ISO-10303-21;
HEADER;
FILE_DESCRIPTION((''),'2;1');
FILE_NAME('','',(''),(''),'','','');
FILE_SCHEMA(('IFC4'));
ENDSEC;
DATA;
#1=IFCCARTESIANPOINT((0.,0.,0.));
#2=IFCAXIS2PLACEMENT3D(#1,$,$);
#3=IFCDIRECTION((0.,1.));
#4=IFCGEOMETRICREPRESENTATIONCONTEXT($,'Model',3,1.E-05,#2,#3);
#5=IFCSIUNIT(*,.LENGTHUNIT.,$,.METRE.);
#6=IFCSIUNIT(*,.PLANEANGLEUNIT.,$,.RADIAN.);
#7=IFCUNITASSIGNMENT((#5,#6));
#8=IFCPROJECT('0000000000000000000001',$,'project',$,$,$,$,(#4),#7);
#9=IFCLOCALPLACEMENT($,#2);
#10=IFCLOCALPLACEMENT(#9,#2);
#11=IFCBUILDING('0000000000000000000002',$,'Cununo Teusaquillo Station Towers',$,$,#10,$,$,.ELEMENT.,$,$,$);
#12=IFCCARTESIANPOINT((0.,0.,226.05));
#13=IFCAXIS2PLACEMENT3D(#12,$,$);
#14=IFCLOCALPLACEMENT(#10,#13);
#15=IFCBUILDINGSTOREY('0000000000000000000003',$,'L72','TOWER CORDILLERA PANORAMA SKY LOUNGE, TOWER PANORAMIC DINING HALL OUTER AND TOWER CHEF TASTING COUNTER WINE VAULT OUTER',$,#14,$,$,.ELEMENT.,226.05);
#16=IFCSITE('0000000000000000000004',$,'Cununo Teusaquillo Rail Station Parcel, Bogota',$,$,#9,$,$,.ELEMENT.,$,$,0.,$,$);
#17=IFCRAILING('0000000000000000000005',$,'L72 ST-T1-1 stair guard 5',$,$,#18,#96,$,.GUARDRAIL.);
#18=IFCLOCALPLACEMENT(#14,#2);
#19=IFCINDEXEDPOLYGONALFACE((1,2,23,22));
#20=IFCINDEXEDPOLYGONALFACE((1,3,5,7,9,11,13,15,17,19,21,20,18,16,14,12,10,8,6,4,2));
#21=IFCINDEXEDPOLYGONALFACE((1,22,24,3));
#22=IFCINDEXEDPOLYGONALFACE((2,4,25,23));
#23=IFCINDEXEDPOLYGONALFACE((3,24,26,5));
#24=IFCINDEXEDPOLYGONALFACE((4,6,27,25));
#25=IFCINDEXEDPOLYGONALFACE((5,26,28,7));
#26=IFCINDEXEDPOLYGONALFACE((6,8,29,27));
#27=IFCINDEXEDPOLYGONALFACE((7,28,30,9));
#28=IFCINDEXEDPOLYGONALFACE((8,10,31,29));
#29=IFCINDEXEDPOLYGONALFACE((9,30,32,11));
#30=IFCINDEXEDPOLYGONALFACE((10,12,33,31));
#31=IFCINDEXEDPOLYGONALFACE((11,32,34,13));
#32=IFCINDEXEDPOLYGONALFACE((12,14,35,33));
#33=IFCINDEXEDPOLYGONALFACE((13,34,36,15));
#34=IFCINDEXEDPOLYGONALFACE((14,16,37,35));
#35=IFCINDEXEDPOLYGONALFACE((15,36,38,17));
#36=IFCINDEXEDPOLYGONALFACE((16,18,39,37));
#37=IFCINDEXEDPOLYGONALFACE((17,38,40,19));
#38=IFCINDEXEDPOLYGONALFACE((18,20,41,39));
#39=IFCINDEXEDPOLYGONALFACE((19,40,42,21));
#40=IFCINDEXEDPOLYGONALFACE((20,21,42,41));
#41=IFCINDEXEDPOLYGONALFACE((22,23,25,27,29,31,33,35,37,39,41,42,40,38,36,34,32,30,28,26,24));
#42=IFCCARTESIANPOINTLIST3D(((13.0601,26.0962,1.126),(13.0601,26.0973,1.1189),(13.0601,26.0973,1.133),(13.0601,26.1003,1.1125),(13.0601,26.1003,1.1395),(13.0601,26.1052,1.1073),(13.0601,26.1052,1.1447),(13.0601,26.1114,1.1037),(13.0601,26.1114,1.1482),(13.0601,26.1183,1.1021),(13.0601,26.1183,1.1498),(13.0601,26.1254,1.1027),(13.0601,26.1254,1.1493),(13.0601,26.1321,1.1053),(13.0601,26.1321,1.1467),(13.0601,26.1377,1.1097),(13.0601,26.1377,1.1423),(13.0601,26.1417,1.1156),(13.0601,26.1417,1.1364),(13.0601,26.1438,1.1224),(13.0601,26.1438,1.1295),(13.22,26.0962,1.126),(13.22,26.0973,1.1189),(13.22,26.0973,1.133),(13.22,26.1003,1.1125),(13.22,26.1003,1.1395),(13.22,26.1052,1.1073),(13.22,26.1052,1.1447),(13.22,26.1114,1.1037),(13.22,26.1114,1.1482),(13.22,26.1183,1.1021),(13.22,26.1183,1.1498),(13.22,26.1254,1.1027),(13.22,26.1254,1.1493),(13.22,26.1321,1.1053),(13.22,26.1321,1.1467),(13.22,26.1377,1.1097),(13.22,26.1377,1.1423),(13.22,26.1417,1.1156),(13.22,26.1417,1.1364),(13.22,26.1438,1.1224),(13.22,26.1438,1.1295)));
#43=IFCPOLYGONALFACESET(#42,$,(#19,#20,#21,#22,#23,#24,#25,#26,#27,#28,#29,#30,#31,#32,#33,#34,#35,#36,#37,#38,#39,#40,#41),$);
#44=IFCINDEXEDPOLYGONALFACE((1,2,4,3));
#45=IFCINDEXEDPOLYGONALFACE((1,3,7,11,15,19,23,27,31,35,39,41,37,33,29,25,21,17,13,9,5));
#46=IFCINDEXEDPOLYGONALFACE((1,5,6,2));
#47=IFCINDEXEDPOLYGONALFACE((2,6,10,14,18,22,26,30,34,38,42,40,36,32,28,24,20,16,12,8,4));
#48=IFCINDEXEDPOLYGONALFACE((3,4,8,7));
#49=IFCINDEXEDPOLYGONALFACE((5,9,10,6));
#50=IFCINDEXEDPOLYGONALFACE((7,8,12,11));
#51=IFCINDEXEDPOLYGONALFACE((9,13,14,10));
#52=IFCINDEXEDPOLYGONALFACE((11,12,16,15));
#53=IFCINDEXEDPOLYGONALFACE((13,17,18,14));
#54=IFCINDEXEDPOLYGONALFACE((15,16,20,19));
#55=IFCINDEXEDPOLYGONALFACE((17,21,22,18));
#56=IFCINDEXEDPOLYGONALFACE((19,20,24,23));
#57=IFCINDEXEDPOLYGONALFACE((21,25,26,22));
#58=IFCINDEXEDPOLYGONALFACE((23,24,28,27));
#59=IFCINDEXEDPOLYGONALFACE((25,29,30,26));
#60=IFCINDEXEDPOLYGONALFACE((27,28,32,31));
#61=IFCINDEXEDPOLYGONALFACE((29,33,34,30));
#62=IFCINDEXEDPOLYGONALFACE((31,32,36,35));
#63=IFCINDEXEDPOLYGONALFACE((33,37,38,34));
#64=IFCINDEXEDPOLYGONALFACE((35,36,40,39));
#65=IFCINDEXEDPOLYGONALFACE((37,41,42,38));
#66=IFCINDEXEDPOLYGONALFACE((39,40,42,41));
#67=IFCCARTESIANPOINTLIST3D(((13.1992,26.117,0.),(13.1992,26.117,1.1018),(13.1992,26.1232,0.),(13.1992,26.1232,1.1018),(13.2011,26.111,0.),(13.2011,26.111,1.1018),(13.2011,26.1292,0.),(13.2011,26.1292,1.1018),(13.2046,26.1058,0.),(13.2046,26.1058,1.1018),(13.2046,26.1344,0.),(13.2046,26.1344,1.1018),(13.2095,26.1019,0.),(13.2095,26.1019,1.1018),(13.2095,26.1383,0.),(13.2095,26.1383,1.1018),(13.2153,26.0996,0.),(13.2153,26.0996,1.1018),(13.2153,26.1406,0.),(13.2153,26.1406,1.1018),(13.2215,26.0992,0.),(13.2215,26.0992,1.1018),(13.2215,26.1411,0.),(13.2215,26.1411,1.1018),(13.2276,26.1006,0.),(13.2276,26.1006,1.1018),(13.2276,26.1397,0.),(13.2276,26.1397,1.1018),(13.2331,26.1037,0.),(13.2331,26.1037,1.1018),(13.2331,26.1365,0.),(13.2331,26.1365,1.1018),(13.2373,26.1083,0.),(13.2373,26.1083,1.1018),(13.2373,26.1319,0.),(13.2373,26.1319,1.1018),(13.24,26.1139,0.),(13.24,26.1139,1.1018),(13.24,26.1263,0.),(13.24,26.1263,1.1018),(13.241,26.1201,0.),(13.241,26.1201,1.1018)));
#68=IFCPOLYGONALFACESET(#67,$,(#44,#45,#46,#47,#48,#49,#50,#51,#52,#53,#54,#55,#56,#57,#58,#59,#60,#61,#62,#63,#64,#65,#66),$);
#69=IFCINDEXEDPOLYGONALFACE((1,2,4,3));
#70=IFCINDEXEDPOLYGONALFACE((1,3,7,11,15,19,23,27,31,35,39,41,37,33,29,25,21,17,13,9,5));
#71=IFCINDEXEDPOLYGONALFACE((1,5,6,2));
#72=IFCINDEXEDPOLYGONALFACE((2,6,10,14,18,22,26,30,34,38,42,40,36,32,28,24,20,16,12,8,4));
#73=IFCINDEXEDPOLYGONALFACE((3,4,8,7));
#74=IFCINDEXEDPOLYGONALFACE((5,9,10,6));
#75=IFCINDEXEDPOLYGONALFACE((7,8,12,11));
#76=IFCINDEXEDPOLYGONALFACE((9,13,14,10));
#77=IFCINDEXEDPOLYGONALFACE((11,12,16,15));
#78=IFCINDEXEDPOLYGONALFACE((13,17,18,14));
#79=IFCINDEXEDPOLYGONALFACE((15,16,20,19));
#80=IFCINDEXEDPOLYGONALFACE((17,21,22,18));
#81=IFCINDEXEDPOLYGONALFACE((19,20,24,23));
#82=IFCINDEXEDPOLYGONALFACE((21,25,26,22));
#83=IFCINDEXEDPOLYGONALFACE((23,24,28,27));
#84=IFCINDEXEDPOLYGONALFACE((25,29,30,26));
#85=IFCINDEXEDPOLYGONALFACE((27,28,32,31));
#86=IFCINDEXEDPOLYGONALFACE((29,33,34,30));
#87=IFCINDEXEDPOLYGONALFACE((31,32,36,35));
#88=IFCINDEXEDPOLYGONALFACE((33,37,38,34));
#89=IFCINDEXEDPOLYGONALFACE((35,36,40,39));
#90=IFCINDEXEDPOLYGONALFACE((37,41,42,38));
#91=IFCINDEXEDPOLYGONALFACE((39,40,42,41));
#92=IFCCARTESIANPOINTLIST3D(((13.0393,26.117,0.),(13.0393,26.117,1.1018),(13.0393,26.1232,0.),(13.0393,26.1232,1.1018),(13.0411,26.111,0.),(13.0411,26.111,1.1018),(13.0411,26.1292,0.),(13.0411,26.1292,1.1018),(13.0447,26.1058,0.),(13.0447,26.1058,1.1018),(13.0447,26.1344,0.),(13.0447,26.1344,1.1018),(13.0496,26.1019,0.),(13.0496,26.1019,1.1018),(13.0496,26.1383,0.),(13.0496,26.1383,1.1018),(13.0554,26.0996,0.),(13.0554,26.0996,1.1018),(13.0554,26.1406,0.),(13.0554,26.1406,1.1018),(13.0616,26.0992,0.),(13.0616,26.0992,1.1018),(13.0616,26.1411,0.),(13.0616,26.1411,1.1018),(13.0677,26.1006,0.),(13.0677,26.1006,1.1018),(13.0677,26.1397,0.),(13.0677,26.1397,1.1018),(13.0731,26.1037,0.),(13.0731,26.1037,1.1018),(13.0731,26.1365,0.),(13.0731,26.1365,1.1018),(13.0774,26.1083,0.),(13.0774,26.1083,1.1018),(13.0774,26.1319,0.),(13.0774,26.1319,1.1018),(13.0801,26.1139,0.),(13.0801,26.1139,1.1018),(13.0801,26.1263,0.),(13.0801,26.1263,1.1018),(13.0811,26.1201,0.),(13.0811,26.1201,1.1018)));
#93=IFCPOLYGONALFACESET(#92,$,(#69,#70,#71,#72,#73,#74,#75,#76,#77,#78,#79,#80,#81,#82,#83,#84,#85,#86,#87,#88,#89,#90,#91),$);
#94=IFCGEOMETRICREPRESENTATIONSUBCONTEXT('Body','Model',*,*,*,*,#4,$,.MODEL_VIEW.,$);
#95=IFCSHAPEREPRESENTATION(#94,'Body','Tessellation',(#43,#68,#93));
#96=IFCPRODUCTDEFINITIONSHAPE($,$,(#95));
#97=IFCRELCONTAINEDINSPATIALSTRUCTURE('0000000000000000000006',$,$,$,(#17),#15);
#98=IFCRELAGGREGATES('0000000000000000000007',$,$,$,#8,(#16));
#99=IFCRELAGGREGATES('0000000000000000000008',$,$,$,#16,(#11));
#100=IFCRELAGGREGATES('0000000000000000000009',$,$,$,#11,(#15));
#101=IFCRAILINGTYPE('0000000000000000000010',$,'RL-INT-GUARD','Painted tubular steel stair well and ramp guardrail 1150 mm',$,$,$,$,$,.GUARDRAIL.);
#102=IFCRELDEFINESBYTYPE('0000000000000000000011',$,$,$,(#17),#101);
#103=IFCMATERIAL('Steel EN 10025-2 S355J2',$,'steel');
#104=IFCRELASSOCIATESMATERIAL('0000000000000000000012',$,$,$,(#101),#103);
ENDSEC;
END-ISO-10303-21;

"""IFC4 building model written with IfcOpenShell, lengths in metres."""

from ifc_helpers import new_model, si_unit, direction, frame, origin, origin_2d, place, context, subcontext, project, spatial, circle, extrude, material, type_object, element, save


model = new_model("IFC4")

# Units and contexts
model_context = context("Model", 3, precision=1e-05, world=origin(), true_north=direction((0.0, 1.0)))
body_context = subcontext(model_context, "Body", "Model", "MODEL_VIEW")
ifc_project = project(units=[si_unit("LENGTHUNIT", "METRE"), si_unit("PLANEANGLEUNIT", "RADIAN")], contexts=[model_context])

# Site, building, storey
site_placement = place(None, origin())
site = spatial("IfcSite", under=ifc_project, at=site_placement, Name="Cununo Teusaquillo Rail Station Parcel, Bogota", CompositionType="ELEMENT", RefElevation=0.0)
building_placement = place(site_placement, origin())
building = spatial("IfcBuilding", under=site, at=building_placement, Name="Cununo Teusaquillo Station Towers", CompositionType="ELEMENT")
storey_placement = place(building_placement, frame((0.0, 0.0, 226.05)))
storey = spatial("IfcBuildingStorey", under=building, at=storey_placement, Name="L72", Description="TOWER CORDILLERA PANORAMA SKY LOUNGE, TOWER PANORAMIC DINING HALL OUTER AND TOWER CHEF TASTING COUNTER WINE VAULT OUTER", CompositionType="ELEMENT", Elevation=226.05)

# Railing
ifc_material_1 = material(Name="Steel EN 10025-2 S355J2", Category="steel")
railing_type_1 = type_object("IfcRailingType", Name="RL-INT-GUARD", Description="Painted tubular steel stair well and ramp guardrail 1150 mm", PredefinedType="GUARDRAIL", material=ifc_material_1)
railing_1_placement = place(storey_placement, frame((13.22, 26.1201, 0.0)))
element("IfcRailing", 1, at=railing_1_placement, inside=storey, type_object=railing_type_1, Name="L72 ST-T1-1 stair guard 5", PredefinedType="GUARDRAIL", context=body_context, shape_type="SweptSolid", body=[
    extrude(circle(Radius=0.0239, at=origin_2d()), frame((0.0, 0.0, 1.126), z_axis=(-1.0, 0.0, 0.0), x_axis=(0.0, -1.0, 0.0)), (0.0, 0.0, 1.0), 0.1599),
    extrude(circle(Radius=0.021, at=origin_2d()), origin(), (0.0, 0.0, 1.0), 1.1018),
    extrude(circle(Radius=0.021, at=origin_2d()), frame((-0.1599, 0.0, 0.0)), (0.0, 0.0, 1.0), 1.1018),
])

save(model, "model.ifc")
